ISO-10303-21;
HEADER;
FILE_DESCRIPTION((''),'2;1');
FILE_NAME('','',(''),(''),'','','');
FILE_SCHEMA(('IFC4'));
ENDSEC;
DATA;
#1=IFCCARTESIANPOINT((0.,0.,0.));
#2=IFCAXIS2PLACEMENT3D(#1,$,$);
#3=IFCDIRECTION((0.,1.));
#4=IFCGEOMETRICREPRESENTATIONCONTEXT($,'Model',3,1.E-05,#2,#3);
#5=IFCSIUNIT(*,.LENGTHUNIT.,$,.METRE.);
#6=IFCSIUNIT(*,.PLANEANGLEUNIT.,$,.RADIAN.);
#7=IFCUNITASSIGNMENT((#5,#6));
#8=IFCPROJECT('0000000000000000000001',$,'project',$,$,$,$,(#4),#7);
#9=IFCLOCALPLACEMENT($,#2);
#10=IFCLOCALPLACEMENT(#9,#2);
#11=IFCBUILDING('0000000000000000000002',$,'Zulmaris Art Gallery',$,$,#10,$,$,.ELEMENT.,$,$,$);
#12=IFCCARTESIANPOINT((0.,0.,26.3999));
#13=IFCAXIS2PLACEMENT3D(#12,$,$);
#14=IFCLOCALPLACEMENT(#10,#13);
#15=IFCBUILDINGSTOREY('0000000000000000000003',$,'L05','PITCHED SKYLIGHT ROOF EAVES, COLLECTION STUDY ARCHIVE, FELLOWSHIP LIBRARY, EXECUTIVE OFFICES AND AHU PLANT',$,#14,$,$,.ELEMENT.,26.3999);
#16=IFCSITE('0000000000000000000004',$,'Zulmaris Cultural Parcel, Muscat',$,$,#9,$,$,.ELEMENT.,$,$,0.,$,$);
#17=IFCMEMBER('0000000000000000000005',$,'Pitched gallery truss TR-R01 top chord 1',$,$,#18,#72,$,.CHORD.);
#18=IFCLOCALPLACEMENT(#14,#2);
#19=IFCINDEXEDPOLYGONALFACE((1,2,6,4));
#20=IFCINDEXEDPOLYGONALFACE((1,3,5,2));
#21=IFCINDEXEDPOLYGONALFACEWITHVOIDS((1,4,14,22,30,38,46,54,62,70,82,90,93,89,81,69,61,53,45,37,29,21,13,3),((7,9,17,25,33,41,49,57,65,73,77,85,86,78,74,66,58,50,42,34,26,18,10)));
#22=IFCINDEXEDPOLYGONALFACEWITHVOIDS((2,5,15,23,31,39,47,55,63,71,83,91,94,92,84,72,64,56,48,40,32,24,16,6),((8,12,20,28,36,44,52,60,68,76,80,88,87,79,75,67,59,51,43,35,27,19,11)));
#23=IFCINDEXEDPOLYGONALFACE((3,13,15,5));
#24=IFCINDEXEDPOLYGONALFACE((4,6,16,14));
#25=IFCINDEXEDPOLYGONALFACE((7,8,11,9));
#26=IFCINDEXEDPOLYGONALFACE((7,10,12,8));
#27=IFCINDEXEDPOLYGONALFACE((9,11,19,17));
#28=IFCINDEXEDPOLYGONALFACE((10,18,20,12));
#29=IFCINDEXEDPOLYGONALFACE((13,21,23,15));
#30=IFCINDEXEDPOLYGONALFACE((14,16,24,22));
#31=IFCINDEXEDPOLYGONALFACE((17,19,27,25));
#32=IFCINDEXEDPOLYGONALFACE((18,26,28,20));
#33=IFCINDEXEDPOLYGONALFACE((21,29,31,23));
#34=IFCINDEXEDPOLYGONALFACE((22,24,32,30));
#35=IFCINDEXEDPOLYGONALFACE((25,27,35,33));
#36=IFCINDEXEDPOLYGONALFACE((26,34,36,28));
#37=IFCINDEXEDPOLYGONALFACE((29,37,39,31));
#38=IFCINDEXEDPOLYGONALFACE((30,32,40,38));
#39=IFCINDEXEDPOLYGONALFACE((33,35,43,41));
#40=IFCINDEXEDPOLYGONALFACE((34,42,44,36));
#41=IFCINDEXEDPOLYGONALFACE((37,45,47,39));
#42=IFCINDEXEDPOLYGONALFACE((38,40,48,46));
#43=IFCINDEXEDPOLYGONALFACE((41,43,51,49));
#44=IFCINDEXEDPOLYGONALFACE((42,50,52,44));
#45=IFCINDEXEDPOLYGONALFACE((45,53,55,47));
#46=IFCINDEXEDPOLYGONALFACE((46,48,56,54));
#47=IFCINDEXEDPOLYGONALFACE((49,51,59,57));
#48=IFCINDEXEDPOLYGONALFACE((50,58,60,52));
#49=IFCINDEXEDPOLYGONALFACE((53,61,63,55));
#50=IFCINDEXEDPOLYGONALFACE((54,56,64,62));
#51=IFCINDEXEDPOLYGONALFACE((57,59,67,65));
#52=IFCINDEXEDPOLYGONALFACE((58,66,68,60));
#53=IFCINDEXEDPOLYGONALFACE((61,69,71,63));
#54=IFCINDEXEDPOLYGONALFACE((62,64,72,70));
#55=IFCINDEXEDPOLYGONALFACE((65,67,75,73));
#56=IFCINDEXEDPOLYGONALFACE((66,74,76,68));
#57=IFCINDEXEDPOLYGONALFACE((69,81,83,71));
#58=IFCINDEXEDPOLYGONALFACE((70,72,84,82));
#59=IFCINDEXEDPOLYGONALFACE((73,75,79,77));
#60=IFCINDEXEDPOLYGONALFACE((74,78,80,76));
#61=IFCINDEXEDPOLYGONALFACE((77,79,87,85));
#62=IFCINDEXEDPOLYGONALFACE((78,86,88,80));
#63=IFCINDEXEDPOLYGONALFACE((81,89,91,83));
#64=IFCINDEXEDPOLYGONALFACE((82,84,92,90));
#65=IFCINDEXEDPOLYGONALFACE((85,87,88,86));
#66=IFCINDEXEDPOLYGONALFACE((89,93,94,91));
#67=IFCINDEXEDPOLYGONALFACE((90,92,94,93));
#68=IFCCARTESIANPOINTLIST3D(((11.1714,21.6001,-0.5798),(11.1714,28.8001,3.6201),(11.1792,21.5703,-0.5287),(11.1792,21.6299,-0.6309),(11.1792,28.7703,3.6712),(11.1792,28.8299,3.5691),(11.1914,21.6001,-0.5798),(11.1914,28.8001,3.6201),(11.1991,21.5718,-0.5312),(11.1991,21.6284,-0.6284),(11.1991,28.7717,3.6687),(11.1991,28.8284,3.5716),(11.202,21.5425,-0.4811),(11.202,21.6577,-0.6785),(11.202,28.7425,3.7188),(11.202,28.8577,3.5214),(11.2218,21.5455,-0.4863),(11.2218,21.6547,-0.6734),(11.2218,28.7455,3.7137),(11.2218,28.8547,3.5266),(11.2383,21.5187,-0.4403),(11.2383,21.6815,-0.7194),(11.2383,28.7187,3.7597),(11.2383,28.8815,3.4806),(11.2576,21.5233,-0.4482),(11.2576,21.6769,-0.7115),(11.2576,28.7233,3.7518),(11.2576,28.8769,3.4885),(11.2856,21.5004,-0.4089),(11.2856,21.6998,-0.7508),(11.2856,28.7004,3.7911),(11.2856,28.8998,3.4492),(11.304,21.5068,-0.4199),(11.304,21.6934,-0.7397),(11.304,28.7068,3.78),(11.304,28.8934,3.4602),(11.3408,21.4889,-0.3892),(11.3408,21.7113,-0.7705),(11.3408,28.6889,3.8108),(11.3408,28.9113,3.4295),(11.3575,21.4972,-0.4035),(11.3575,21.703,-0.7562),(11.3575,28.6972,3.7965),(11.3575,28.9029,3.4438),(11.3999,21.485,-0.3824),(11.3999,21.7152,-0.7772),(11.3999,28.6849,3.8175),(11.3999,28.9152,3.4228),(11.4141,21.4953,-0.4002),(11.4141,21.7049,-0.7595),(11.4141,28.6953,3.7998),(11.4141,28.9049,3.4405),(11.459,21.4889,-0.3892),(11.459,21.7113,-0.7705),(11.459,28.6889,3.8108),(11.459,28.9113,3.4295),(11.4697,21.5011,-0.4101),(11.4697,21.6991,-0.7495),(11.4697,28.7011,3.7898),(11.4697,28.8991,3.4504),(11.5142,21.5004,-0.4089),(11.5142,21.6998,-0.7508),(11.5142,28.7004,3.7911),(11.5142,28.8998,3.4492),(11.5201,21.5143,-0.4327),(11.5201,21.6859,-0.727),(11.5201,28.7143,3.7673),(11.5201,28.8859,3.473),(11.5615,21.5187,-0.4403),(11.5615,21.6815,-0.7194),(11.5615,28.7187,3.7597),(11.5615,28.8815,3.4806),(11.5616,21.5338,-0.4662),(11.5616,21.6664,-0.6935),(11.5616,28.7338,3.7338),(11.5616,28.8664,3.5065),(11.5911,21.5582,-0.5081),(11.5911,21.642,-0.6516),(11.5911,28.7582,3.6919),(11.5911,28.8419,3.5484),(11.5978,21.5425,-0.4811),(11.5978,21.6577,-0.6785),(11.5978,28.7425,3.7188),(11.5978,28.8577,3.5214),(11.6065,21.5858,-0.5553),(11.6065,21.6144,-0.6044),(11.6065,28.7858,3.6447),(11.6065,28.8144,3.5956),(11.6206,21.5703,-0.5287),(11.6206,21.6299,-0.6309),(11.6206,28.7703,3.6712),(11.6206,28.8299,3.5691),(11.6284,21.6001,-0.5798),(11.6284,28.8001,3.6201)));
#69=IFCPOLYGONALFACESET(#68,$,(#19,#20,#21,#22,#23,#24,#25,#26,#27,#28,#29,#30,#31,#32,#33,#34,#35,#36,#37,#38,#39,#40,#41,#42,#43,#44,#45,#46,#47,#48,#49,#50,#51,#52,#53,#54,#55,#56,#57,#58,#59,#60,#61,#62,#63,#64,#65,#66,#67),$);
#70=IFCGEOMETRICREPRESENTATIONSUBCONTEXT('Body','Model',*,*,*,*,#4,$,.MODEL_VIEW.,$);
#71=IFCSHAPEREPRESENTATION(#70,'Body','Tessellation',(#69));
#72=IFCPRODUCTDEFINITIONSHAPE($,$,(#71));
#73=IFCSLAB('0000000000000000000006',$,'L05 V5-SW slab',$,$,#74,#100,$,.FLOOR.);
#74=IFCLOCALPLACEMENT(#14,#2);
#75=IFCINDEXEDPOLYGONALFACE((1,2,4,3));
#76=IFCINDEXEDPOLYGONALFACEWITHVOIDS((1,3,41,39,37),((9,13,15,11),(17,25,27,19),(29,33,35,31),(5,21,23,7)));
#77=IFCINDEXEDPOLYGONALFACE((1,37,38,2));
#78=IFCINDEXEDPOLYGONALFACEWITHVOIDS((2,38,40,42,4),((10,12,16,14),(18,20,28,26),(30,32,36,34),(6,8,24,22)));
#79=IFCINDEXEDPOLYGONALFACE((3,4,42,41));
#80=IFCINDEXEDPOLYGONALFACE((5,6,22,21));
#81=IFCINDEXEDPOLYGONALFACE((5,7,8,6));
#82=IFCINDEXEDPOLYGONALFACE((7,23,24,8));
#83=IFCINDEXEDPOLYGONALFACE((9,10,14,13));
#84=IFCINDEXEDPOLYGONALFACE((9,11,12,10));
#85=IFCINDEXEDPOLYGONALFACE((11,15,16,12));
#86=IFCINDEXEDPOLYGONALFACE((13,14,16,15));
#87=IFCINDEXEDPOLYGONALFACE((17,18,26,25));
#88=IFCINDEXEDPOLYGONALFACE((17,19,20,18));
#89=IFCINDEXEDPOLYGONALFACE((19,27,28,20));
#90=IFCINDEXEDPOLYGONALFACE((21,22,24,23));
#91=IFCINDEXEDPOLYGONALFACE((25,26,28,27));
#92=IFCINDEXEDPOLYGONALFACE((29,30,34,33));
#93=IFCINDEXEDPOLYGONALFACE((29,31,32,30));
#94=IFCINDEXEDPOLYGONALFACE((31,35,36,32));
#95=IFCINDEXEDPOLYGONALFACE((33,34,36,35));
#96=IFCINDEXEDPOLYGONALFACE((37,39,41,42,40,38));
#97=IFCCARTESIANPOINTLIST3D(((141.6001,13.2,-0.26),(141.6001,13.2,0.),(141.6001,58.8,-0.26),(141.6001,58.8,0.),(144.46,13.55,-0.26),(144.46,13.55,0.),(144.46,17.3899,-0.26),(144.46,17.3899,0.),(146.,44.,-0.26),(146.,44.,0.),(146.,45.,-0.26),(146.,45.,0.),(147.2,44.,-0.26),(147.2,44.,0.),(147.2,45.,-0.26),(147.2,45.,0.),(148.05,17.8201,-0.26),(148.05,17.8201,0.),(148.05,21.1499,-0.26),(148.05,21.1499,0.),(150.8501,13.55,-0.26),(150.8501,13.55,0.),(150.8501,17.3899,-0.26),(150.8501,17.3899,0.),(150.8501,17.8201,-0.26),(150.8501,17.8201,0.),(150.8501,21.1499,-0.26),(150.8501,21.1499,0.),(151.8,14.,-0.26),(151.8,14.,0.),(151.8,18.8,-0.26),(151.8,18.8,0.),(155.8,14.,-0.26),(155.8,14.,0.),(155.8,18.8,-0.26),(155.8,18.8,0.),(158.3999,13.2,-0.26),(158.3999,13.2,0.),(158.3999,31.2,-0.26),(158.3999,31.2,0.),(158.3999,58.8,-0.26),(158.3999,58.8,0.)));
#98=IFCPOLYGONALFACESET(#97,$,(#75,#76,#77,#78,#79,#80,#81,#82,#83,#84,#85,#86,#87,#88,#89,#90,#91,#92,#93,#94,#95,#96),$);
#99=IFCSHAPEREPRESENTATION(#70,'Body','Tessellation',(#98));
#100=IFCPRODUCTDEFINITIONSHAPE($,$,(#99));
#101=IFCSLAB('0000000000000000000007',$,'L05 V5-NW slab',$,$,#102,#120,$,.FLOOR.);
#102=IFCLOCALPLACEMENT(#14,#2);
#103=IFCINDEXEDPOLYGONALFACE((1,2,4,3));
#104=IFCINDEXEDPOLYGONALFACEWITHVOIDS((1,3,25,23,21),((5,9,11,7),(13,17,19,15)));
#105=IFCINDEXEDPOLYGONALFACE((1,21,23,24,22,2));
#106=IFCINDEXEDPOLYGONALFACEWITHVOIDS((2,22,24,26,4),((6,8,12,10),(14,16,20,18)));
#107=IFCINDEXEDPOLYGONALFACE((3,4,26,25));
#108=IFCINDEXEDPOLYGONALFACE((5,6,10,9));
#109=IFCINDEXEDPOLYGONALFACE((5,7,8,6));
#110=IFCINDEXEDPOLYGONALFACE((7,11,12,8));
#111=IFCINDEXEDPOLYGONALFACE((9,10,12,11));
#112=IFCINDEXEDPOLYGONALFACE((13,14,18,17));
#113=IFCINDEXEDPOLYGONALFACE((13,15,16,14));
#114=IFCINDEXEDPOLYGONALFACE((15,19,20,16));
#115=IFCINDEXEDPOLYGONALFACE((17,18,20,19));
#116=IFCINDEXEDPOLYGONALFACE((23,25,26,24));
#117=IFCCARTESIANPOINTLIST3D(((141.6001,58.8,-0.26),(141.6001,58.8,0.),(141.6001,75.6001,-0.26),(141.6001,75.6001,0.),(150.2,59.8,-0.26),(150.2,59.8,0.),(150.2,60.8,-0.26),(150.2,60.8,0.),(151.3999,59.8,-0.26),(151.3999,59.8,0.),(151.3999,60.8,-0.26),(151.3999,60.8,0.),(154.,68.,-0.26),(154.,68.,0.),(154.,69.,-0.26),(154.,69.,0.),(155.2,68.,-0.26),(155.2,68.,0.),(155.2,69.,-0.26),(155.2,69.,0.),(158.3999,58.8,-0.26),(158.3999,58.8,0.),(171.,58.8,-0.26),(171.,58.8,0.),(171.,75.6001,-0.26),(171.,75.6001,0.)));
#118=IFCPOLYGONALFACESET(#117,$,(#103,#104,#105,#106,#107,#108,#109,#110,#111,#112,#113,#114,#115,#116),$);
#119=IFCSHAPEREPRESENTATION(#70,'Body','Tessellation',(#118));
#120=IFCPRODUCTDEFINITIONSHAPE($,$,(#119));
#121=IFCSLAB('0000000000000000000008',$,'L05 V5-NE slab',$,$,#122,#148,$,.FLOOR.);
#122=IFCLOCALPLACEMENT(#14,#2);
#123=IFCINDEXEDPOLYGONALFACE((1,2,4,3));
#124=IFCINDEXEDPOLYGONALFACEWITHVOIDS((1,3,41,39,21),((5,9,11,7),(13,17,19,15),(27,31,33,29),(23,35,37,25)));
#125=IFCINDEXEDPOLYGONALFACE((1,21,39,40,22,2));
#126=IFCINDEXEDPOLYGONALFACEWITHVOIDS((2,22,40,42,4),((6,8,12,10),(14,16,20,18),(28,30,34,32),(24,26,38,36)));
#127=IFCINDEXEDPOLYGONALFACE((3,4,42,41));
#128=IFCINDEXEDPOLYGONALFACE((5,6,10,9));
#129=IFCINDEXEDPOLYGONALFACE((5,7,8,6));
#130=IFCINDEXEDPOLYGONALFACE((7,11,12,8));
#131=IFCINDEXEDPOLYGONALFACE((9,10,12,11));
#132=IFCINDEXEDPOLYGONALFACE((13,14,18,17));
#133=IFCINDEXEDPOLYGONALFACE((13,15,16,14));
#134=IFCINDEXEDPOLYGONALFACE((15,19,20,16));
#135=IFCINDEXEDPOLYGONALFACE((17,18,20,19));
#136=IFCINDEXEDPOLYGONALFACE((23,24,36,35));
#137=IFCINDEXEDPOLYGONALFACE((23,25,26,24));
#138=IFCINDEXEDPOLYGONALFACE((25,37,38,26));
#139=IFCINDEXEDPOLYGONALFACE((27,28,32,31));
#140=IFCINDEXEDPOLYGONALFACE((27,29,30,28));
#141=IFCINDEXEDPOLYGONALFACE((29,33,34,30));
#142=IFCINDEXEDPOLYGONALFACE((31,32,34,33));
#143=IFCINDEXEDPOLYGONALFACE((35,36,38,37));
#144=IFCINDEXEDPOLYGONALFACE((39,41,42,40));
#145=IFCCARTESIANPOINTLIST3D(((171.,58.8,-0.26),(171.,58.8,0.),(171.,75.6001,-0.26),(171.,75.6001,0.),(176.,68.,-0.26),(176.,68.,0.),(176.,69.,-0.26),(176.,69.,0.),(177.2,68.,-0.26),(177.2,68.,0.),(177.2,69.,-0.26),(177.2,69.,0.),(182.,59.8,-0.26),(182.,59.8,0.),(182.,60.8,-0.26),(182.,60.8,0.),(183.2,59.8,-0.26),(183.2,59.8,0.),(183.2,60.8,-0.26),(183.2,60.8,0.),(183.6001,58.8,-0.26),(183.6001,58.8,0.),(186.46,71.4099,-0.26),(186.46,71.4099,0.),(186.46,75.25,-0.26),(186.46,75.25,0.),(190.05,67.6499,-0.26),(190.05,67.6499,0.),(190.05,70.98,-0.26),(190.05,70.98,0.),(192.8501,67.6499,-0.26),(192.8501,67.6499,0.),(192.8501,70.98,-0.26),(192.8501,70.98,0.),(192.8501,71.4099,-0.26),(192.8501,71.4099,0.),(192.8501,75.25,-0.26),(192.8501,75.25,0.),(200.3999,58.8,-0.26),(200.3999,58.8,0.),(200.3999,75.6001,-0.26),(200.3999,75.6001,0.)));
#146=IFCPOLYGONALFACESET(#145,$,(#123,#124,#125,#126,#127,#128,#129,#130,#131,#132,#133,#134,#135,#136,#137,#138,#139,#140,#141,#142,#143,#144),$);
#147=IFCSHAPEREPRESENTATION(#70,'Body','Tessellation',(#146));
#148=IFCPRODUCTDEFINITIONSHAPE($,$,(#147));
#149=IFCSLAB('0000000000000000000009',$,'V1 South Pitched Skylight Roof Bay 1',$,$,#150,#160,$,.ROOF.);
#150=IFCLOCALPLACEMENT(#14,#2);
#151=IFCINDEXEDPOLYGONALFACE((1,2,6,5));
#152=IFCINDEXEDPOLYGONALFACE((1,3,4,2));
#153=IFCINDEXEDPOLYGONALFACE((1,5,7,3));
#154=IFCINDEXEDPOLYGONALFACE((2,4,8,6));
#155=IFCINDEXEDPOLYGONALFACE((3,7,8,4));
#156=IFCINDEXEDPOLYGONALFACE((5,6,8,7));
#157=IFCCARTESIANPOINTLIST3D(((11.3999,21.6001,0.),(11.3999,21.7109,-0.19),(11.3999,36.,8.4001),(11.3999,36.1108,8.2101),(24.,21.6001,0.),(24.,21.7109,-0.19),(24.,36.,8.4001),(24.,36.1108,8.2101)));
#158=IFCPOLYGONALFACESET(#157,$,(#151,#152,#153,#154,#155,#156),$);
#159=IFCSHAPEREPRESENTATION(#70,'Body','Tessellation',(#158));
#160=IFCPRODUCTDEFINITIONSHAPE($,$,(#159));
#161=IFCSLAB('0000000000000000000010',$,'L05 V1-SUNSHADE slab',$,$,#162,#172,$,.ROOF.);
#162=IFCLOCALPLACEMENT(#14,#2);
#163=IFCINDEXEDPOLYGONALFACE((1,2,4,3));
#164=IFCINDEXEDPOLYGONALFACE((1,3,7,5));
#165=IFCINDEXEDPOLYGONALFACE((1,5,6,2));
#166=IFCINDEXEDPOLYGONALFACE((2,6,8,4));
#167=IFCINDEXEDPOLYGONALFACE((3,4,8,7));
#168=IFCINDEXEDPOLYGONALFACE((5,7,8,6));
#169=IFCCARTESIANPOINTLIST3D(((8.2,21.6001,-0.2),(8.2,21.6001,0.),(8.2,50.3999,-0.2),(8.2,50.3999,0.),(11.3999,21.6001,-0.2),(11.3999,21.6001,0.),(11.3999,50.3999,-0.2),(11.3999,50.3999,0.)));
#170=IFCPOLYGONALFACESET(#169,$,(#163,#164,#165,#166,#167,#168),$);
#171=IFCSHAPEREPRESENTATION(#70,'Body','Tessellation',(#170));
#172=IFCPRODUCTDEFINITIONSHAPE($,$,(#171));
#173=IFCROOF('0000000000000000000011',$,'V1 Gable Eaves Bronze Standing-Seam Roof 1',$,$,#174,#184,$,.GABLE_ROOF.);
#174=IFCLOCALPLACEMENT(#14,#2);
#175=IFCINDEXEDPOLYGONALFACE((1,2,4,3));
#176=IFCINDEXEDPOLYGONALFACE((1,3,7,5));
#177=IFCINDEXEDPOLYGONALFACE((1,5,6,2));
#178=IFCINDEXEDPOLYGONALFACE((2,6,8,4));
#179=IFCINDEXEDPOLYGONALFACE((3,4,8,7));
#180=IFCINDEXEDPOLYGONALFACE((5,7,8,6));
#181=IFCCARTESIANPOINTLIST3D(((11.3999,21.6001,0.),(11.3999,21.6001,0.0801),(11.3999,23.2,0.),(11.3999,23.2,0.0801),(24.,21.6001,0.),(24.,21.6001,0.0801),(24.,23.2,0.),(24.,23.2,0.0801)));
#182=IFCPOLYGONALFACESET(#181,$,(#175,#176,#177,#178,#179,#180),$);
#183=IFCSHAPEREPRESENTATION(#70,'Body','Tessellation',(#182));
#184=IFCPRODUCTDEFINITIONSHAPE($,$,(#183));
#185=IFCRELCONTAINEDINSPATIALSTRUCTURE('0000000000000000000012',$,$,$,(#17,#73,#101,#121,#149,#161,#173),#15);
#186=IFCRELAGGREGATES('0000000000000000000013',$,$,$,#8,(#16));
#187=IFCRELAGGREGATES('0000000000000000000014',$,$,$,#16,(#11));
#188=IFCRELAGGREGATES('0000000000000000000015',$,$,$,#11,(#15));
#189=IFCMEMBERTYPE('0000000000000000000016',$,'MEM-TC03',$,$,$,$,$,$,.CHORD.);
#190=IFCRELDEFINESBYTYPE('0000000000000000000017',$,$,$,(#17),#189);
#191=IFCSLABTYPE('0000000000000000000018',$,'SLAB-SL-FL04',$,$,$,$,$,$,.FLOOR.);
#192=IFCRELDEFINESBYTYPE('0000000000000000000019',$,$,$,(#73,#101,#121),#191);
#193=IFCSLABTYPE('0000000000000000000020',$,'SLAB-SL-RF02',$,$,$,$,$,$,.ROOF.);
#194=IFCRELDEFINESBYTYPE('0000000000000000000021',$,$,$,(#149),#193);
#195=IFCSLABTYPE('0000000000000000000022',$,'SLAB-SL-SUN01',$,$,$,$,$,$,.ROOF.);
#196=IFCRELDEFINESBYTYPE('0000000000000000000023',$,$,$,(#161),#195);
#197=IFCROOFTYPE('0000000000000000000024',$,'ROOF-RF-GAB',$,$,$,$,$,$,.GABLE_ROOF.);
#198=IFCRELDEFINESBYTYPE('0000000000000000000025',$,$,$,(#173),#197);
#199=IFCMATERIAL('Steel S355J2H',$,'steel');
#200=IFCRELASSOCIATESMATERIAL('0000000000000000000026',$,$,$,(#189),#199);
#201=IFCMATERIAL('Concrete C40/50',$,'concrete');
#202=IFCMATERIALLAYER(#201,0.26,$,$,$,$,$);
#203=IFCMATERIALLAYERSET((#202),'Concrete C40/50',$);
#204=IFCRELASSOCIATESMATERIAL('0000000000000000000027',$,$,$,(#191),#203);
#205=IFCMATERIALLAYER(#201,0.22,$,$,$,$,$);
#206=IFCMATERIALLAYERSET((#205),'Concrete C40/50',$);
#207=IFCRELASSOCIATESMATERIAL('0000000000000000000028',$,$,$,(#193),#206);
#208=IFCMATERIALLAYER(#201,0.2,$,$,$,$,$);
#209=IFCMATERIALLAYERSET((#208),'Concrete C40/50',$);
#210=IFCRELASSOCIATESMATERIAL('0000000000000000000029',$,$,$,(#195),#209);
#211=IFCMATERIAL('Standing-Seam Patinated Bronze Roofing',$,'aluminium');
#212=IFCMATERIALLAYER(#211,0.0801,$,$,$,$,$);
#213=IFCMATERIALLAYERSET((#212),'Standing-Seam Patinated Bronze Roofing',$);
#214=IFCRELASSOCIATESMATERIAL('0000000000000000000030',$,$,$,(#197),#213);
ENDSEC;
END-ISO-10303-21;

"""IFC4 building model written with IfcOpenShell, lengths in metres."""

from ifc_helpers import new_model, si_unit, direction, frame, origin, origin_2d, place, context, subcontext, project, spatial, polyline, hollow_circle, outline, extrude, material, layer, layer_set, material_profile, profile_set, type_object, element, save


model = new_model("IFC4")

# Units and contexts
model_context = context("Model", 3, precision=1e-05, world=origin(), true_north=direction((0.0, 1.0)))
body_context = subcontext(model_context, "Body", "Model", "MODEL_VIEW")
ifc_project = project(units=[si_unit("LENGTHUNIT", "METRE"), si_unit("PLANEANGLEUNIT", "RADIAN")], contexts=[model_context])

# Site, building, storey
site_placement = place(None, origin())
site = spatial("IfcSite", under=ifc_project, at=site_placement, Name="Zulmaris Cultural Parcel, Muscat", CompositionType="ELEMENT", RefElevation=0.0)
building_placement = place(site_placement, origin())
building = spatial("IfcBuilding", under=site, at=building_placement, Name="Zulmaris Art Gallery", CompositionType="ELEMENT")
storey_placement = place(building_placement, frame((0.0, 0.0, 26.3999)))
storey = spatial("IfcBuildingStorey", under=building, at=storey_placement, Name="L05", Description="PITCHED SKYLIGHT ROOF EAVES, COLLECTION STUDY ARCHIVE, FELLOWSHIP LIBRARY, EXECUTIVE OFFICES AND AHU PLANT", CompositionType="ELEMENT", Elevation=26.3999)

# Member
ifc_material_1 = material(Name="Steel S355J2H", Category="steel")
ifc_material_profile_1 = material_profile(ifc_material_1, hollow_circle(Radius=0.2285, WallThickness=0.02, at=origin_2d()), Name="CHS 457x20")
ifc_profile_set_1 = profile_set([ifc_material_profile_1], Name="Steel S355J2H")
member_type_1 = type_object("IfcMemberType", Name="MEM-TC03", PredefinedType="CHORD", material=ifc_profile_set_1)
member_1_placement = place(storey_placement, frame((11.3999, 21.6001, -0.5798), z_axis=(0.0, 0.86378, 0.503869), x_axis=(-1.0, 0.0, 0.0)))
element("IfcMember", 1, at=member_1_placement, inside=storey, type_object=member_type_1, Name="Pitched gallery truss TR-R01 top chord 1", PredefinedType="CHORD", context=body_context, shape_type="SweptSolid", body=[
    extrude(hollow_circle(Radius=0.2285, WallThickness=0.02, at=origin_2d()), origin(), (0.0, 0.0, 1.0), 8.3354),
])

# Slabs
ifc_material_2 = material(Name="Concrete C40/50", Category="concrete")
ifc_layer_1 = layer(ifc_material_2, 0.26)
ifc_layer_set_1 = layer_set([ifc_layer_1], Name="Concrete C40/50")
slab_type_1 = type_object("IfcSlabType", Name="SLAB-SL-FL04", PredefinedType="FLOOR", material=ifc_layer_set_1)
slab_1_placement = place(storey_placement, frame((0.0, 0.0, -0.26)))
element("IfcSlab", 2, at=slab_1_placement, inside=storey, type_object=slab_type_1, Name="L05 V5-SW slab", PredefinedType="FLOOR", context=body_context, shape_type="SweptSolid", body=[
    extrude(outline(polyline([(158.3999, 58.8), (158.3999, 31.2), (158.3999, 13.2), (141.6001, 13.2), (141.6001, 58.8), (158.3999, 58.8)]), holes=[polyline([(144.46, 13.55), (150.8501, 13.55), (150.8501, 17.3899), (144.46, 17.3899), (144.46, 13.55)]), polyline([(155.8, 14.0), (155.8, 18.8), (151.8, 18.8), (151.8, 14.0), (155.8, 14.0)]), polyline([(150.8501, 21.1499), (148.05, 21.1499), (148.05, 17.8201), (150.8501, 17.8201), (150.8501, 21.1499)]), polyline([(147.2, 44.0), (147.2, 45.0), (146.0, 45.0), (146.0, 44.0), (147.2, 44.0)])]), origin(), (0.0, 0.0, 1.0), 0.26),
])
slab_2_placement = place(storey_placement, frame((0.0, 0.0, -0.26)))
element("IfcSlab", 3, at=slab_2_placement, inside=storey, type_object=slab_type_1, Name="L05 V5-NW slab", PredefinedType="FLOOR", context=body_context, shape_type="SweptSolid", body=[
    extrude(outline(polyline([(171.0, 75.6001), (171.0, 58.8), (158.3999, 58.8), (141.6001, 58.8), (141.6001, 75.6001), (171.0, 75.6001)]), holes=[polyline([(151.3999, 60.8), (150.2, 60.8), (150.2, 59.8), (151.3999, 59.8), (151.3999, 60.8)]), polyline([(155.2, 68.0), (155.2, 69.0), (154.0, 69.0), (154.0, 68.0), (155.2, 68.0)])]), origin(), (0.0, 0.0, 1.0), 0.26),
])
slab_3_placement = place(storey_placement, frame((0.0, 0.0, -0.26)))
element("IfcSlab", 4, at=slab_3_placement, inside=storey, type_object=slab_type_1, Name="L05 V5-NE slab", PredefinedType="FLOOR", context=body_context, shape_type="SweptSolid", body=[
    extrude(outline(polyline([(200.3999, 58.8), (183.6001, 58.8), (171.0, 58.8), (171.0, 75.6001), (200.3999, 75.6001), (200.3999, 58.8)]), holes=[polyline([(183.2, 59.8), (183.2, 60.8), (182.0, 60.8), (182.0, 59.8), (183.2, 59.8)]), polyline([(177.2, 69.0), (176.0, 69.0), (176.0, 68.0), (177.2, 68.0), (177.2, 69.0)]), polyline([(192.8501, 67.6499), (192.8501, 70.98), (190.05, 70.98), (190.05, 67.6499), (192.8501, 67.6499)]), polyline([(186.46, 71.4099), (192.8501, 71.4099), (192.8501, 75.25), (186.46, 75.25), (186.46, 71.4099)])]), origin(), (0.0, 0.0, 1.0), 0.26),
])
ifc_layer_2 = layer(ifc_material_2, 0.22)
ifc_layer_set_2 = layer_set([ifc_layer_2], Name="Concrete C40/50")
slab_type_2 = type_object("IfcSlabType", Name="SLAB-SL-RF02", PredefinedType="ROOF", material=ifc_layer_set_2)
slab_4_placement = place(storey_placement, frame((11.3999, 21.6001, 0.0), z_axis=(0.0, -0.50388, 0.863774), x_axis=(1.0, 0.0, 0.0)))
element("IfcSlab", 5, at=slab_4_placement, inside=storey, type_object=slab_type_2, Name="V1 South Pitched Skylight Roof Bay 1", PredefinedType="ROOF", context=body_context, shape_type="SweptSolid", body=[
    extrude(outline(polyline([(0.0, 0.0), (12.6001, 0.0), (12.6001, 16.6709), (0.0, 16.6709), (0.0, 0.0)])), origin(), (0.0, 0.0, -1.0), 0.22),
])
ifc_layer_3 = layer(ifc_material_2, 0.2)
ifc_layer_set_3 = layer_set([ifc_layer_3], Name="Concrete C40/50")
slab_type_3 = type_object("IfcSlabType", Name="SLAB-SL-SUN01", PredefinedType="ROOF", material=ifc_layer_set_3)
slab_5_placement = place(storey_placement, frame((0.0, 0.0, -0.2)))
element("IfcSlab", 6, at=slab_5_placement, inside=storey, type_object=slab_type_3, Name="L05 V1-SUNSHADE slab", PredefinedType="ROOF", context=body_context, shape_type="SweptSolid", body=[
    extrude(outline(polyline([(8.2, 21.6001), (8.2, 50.3999), (11.3999, 50.3999), (11.3999, 21.6001), (8.2, 21.6001)])), origin(), (0.0, 0.0, 1.0), 0.2),
])

# Roof
ifc_material_3 = material(Name="Standing-Seam Patinated Bronze Roofing", Category="aluminium")
ifc_layer_4 = layer(ifc_material_3, 0.0801)
ifc_layer_set_4 = layer_set([ifc_layer_4], Name="Standing-Seam Patinated Bronze Roofing")
roof_type = type_object("IfcRoofType", Name="ROOF-RF-GAB", PredefinedType="GABLE_ROOF", material=ifc_layer_set_4)
roof_1_placement = place(storey_placement, origin())
element("IfcRoof", 7, at=roof_1_placement, inside=storey, type_object=roof_type, Name="V1 Gable Eaves Bronze Standing-Seam Roof 1", PredefinedType="GABLE_ROOF", context=body_context, shape_type="SweptSolid", body=[
    extrude(outline(polyline([(11.3999, 21.6001), (24.0, 21.6001), (24.0, 23.2), (11.3999, 23.2), (11.3999, 21.6001)])), origin(), (0.0, 0.0, 1.0), 0.0801),
])

save(model, "model.ifc")
